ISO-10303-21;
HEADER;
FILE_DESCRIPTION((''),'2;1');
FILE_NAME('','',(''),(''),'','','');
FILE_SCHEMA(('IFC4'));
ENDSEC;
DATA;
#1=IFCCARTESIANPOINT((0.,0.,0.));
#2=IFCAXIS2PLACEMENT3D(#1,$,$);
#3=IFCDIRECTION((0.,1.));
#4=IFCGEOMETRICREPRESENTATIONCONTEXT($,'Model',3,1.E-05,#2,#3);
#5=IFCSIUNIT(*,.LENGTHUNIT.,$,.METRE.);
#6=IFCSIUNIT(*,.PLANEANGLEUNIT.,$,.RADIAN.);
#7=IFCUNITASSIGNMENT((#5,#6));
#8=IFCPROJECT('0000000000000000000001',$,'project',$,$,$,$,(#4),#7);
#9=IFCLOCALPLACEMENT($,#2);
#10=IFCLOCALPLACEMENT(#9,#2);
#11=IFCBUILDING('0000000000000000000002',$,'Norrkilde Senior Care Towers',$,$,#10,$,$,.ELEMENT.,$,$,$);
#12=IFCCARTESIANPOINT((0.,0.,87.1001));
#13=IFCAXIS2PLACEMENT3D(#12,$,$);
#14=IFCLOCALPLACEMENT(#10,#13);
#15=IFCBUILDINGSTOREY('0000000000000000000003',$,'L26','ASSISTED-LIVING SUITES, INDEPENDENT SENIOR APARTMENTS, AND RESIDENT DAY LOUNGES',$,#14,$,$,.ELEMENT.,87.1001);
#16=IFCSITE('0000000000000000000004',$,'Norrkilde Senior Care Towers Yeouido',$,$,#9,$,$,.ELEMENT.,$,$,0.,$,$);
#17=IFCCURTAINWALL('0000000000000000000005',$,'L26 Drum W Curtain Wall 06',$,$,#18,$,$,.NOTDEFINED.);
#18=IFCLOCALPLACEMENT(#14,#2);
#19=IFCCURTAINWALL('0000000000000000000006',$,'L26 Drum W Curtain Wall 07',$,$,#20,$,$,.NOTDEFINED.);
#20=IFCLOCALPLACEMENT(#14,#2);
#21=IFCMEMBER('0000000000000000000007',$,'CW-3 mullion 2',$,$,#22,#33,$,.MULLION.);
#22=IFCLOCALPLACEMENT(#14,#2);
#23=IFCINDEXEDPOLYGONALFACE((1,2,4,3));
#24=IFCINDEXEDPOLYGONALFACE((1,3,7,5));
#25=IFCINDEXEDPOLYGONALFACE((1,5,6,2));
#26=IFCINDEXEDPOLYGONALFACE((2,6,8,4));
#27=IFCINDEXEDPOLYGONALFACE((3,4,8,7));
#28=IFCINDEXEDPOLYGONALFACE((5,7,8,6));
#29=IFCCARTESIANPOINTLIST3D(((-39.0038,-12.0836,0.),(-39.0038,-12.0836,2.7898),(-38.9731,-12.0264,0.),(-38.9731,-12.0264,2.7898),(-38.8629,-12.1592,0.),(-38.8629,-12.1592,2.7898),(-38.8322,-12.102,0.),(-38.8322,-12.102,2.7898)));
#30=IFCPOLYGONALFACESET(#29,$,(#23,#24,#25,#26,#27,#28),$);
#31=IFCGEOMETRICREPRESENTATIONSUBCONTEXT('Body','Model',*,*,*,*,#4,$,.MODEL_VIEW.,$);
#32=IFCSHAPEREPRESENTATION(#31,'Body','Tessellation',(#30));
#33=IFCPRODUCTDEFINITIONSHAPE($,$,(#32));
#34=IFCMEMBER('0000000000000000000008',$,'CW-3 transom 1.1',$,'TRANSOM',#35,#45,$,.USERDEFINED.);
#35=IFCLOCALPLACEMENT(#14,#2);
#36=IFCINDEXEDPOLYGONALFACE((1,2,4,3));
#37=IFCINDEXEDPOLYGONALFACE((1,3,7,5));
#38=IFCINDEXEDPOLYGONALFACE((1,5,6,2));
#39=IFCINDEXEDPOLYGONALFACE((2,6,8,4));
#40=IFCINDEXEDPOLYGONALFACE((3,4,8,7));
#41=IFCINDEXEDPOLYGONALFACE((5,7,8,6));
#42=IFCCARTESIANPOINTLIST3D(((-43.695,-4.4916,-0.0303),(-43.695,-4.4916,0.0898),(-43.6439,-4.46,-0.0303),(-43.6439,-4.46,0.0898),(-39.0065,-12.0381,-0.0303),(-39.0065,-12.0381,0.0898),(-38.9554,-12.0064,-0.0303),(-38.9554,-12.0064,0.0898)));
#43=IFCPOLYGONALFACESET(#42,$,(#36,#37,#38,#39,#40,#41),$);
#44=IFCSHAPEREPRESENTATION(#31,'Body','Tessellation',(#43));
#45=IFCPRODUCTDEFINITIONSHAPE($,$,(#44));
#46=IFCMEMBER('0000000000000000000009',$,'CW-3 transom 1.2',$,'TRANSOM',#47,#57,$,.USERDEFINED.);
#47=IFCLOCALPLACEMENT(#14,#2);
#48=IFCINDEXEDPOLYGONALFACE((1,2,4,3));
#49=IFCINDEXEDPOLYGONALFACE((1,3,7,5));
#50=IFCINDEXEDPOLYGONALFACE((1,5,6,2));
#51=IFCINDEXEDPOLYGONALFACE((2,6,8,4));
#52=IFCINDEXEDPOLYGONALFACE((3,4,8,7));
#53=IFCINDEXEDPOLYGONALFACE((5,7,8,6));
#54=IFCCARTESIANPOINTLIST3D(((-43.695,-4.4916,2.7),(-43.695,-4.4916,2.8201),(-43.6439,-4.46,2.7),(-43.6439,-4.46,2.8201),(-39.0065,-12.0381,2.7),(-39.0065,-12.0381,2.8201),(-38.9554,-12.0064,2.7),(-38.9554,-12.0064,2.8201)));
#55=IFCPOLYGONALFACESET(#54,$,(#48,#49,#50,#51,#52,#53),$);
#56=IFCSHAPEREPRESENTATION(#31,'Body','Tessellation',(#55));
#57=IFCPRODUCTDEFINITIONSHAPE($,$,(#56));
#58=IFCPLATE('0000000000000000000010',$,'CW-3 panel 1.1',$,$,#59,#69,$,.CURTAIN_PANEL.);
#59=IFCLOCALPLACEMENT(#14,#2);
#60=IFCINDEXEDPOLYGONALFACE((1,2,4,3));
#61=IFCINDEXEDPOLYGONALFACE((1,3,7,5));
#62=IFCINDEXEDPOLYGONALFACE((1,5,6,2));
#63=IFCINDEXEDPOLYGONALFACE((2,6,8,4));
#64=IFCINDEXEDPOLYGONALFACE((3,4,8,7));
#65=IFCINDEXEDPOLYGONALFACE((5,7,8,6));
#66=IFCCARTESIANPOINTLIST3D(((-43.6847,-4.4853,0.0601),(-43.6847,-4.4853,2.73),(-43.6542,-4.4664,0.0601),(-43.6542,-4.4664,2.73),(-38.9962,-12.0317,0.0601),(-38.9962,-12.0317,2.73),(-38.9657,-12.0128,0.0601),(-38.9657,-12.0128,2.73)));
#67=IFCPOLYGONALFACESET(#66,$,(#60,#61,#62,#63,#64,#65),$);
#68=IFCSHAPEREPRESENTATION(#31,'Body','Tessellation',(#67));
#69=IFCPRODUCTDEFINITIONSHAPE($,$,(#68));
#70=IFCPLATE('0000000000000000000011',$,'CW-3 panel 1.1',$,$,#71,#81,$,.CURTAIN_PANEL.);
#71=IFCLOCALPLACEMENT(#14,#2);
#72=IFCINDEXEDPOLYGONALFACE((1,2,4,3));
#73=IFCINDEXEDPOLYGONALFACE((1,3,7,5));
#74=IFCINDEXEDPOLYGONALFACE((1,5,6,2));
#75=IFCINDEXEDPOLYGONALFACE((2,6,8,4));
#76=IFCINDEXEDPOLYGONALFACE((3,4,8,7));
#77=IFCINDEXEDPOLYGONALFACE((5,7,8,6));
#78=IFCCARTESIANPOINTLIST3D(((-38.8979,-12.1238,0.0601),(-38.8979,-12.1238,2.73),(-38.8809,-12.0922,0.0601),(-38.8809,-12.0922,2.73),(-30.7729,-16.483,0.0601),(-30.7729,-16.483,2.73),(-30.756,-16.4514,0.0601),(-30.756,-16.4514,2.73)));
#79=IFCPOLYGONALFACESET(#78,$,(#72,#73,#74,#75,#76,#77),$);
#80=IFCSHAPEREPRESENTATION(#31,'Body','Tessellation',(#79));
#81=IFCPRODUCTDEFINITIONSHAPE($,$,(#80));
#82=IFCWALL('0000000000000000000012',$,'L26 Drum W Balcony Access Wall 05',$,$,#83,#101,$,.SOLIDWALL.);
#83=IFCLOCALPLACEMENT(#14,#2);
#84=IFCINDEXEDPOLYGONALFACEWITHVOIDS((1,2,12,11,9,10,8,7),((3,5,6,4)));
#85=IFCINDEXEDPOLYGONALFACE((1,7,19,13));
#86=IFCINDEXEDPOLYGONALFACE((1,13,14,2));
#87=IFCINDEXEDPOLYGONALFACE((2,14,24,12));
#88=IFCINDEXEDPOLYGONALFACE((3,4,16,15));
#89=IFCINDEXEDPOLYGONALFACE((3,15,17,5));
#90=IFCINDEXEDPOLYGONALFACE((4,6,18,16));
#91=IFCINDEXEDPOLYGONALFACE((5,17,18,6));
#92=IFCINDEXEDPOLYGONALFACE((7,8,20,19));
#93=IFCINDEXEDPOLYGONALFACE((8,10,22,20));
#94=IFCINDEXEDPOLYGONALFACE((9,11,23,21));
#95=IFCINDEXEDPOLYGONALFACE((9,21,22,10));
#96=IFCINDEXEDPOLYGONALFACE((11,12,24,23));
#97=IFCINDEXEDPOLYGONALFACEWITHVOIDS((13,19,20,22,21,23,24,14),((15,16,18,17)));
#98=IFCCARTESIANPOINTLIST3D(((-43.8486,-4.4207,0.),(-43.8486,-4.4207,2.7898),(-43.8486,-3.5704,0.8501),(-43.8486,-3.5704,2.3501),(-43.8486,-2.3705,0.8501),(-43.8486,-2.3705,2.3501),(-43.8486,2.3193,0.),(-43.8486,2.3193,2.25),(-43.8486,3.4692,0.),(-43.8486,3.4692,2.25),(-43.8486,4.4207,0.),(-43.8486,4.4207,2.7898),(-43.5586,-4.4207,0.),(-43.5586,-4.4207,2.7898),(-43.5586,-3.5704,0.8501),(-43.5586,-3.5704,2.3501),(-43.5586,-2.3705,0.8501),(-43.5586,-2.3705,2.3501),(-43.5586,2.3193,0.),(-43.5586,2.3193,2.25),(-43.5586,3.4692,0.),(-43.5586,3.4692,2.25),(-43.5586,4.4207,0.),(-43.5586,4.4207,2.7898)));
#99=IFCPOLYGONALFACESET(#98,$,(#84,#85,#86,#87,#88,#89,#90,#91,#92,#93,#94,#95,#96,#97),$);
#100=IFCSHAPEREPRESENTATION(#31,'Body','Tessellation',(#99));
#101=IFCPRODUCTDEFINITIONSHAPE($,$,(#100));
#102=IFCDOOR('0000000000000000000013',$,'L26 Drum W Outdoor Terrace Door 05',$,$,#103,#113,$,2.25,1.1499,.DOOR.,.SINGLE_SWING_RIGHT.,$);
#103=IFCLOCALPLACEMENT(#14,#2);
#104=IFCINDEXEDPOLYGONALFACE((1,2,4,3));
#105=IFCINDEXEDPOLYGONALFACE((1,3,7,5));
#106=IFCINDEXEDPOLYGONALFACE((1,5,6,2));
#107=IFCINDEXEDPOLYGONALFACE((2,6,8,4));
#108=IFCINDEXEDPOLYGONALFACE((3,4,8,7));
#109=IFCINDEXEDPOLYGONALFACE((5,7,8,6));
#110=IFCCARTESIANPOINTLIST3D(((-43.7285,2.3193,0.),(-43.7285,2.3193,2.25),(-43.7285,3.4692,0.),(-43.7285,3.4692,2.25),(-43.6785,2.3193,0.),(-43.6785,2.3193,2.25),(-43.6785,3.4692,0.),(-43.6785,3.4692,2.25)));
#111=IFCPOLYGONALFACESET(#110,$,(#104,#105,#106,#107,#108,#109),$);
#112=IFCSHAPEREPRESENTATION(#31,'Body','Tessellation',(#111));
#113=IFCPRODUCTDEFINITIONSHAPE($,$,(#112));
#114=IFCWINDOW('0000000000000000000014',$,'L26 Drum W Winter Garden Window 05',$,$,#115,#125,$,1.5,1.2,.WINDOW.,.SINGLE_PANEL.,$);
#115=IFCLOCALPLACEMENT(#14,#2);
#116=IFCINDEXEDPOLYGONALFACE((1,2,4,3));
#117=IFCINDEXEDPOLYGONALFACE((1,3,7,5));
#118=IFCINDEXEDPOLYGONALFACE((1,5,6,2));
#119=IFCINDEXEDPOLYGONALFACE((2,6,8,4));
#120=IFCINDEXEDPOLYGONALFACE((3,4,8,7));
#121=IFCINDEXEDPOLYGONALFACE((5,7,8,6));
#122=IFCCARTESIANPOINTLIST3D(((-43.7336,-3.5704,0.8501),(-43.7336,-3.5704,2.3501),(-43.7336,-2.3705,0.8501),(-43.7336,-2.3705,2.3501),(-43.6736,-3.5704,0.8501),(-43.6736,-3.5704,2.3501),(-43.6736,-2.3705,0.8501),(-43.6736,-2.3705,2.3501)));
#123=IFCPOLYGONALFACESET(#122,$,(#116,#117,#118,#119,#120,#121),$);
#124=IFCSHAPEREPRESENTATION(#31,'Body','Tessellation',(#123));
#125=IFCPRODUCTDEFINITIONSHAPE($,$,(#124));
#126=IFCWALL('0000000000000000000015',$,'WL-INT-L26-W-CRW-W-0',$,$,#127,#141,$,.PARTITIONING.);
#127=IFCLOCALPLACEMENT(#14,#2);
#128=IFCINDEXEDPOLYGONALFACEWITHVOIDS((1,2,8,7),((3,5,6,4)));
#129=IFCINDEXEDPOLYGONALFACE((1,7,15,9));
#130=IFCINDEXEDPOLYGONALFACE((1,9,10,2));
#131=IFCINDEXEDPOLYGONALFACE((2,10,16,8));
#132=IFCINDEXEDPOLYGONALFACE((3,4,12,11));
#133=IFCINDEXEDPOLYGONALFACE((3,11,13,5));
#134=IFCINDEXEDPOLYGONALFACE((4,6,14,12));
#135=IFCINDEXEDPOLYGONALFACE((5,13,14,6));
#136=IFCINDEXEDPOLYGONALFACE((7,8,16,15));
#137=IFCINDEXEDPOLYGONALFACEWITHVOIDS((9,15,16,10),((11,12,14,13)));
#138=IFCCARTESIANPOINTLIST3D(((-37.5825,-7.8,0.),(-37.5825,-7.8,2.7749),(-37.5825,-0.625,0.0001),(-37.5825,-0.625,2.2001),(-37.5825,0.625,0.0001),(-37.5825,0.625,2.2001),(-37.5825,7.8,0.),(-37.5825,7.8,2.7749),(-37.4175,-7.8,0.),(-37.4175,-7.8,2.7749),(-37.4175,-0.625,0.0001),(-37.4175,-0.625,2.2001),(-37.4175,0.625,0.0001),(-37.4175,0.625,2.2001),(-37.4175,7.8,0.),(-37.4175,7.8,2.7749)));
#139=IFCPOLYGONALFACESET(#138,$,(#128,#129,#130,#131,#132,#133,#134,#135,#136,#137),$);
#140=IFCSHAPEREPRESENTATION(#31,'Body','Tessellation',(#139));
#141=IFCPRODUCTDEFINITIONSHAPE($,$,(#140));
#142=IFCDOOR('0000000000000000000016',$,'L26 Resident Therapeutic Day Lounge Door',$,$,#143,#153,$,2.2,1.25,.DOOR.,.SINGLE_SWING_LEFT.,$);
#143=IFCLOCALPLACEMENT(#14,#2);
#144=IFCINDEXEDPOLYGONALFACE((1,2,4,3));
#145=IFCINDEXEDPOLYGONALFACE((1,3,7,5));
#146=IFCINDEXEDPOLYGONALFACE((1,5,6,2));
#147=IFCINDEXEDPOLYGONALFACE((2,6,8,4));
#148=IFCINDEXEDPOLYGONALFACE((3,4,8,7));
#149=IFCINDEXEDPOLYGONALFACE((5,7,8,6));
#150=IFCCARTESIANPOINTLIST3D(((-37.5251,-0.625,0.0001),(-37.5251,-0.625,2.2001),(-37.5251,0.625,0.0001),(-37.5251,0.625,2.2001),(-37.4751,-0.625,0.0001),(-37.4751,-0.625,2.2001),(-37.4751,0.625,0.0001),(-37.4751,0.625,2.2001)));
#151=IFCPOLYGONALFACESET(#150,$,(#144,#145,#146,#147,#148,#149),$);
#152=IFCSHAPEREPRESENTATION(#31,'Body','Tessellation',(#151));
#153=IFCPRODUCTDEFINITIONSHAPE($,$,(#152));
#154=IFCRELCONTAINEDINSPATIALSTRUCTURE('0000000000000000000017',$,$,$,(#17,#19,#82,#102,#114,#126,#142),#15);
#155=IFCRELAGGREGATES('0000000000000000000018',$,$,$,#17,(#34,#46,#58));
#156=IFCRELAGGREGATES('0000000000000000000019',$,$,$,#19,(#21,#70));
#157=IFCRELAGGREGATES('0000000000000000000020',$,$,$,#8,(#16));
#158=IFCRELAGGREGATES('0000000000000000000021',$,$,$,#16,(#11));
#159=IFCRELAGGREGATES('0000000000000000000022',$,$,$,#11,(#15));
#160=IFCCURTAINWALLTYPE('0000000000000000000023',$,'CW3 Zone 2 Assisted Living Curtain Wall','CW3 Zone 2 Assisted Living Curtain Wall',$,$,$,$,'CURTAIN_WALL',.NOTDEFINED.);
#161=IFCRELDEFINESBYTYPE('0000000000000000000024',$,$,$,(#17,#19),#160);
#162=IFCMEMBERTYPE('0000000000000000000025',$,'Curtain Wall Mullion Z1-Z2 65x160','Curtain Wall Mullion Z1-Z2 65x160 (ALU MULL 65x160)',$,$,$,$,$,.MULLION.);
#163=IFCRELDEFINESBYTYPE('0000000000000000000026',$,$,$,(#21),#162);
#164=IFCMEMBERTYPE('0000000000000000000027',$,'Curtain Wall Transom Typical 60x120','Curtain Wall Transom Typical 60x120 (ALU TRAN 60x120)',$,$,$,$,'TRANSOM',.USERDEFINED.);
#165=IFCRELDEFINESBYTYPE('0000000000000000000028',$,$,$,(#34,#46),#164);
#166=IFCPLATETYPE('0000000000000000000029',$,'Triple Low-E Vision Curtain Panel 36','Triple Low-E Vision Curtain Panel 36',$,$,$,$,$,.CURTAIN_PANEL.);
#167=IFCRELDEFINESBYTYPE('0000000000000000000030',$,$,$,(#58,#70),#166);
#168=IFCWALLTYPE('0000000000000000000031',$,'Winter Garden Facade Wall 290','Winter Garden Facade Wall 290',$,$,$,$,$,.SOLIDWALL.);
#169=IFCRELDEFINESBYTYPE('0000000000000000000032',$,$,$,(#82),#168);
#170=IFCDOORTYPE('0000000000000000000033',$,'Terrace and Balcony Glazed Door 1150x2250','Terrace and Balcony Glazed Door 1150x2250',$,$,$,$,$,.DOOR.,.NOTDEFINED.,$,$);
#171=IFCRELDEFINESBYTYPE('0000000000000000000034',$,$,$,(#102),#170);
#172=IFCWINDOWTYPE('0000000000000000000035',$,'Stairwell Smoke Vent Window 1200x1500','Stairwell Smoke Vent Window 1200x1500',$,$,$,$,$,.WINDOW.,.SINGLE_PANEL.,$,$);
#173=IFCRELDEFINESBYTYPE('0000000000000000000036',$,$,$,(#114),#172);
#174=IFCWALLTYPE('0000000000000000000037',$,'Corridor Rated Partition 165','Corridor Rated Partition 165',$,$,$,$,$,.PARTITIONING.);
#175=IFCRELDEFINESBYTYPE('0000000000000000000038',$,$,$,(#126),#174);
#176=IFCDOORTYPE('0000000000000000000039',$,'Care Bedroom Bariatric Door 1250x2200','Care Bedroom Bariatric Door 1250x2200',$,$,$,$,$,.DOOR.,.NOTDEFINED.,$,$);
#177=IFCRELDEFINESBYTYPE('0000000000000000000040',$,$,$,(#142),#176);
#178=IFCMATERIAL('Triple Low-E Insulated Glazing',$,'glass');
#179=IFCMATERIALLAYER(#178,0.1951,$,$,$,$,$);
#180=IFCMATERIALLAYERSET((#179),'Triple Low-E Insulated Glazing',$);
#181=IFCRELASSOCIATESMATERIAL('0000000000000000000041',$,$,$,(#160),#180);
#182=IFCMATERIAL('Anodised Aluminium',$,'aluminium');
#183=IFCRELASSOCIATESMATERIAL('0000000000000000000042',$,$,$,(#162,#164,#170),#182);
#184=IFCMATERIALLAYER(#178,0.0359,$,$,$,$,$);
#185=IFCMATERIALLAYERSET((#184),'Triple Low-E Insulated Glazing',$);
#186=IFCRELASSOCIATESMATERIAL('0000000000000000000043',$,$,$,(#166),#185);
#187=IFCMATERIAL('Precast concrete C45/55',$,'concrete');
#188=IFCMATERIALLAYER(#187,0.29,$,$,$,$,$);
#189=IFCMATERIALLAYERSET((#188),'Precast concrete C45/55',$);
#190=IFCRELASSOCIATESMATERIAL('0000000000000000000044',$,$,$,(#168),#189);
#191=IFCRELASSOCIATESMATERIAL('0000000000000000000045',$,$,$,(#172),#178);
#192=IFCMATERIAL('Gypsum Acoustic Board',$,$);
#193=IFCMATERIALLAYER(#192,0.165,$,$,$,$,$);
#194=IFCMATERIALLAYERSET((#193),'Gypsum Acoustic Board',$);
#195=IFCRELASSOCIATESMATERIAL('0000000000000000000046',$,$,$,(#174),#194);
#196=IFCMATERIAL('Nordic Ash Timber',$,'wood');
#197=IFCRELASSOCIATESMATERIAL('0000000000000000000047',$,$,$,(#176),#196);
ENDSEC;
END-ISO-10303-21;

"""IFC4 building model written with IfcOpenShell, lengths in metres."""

from ifc_helpers import new_model, si_unit, direction, frame, frame_2d, origin, origin_2d, place, context, subcontext, project, spatial, rectangle, extrude, source, transform, mapped, material, layer, layer_set, material_profile, profile_set, type_object, type_shapes, element, fill, aggregate, save


model = new_model("IFC4")

# Units and contexts
model_context = context("Model", 3, precision=1e-05, world=origin(), true_north=direction((0.0, 1.0)))
body_context = subcontext(model_context, "Body", "Model", "MODEL_VIEW")
ifc_project = project(units=[si_unit("LENGTHUNIT", "METRE"), si_unit("PLANEANGLEUNIT", "RADIAN")], contexts=[model_context])

# Site, building, storey
site_placement = place(None, origin())
site = spatial("IfcSite", under=ifc_project, at=site_placement, Name="Norrkilde Senior Care Towers Yeouido", CompositionType="ELEMENT", RefElevation=0.0)
building_placement = place(site_placement, origin())
building = spatial("IfcBuilding", under=site, at=building_placement, Name="Norrkilde Senior Care Towers", CompositionType="ELEMENT")
storey_placement = place(building_placement, frame((0.0, 0.0, 87.1001)))
storey = spatial("IfcBuildingStorey", under=building, at=storey_placement, Name="L26", Description="ASSISTED-LIVING SUITES, INDEPENDENT SENIOR APARTMENTS, AND RESIDENT DAY LOUNGES", CompositionType="ELEMENT", Elevation=87.1001)

# Curtain wall
ifc_material_1 = material(Name="Triple Low-E Insulated Glazing", Category="glass")
ifc_layer_1 = layer(ifc_material_1, 0.1951)
ifc_layer_set_1 = layer_set([ifc_layer_1], Name="Triple Low-E Insulated Glazing")
curtain_wall_type = type_object("IfcCurtainWallType", Name="CW3 Zone 2 Assisted Living Curtain Wall", Description="CW3 Zone 2 Assisted Living Curtain Wall", ElementType="CURTAIN_WALL", PredefinedType="NOTDEFINED", material=ifc_layer_set_1)
curtain_wall_1_placement = place(storey_placement, origin())
curtain_wall_1 = element("IfcCurtainWall", 1, at=curtain_wall_1_placement, inside=storey, type_object=curtain_wall_type, Name="L26 Drum W Curtain Wall 06", PredefinedType="NOTDEFINED")
ifc_material_2 = material(Name="Anodised Aluminium", Category="aluminium")
ifc_material_profile_1 = material_profile(ifc_material_2, rectangle(XDim=0.0649, YDim=0.1599, at=origin_2d()), Name="ALU MULL 65x160")
ifc_profile_set_1 = profile_set([ifc_material_profile_1], Name="Anodised Aluminium")
member_type_1 = type_object("IfcMemberType", Name="Curtain Wall Mullion Z1-Z2 65x160", Description="Curtain Wall Mullion Z1-Z2 65x160 (ALU MULL 65x160)", PredefinedType="MULLION", material=ifc_profile_set_1)
shared_shape_1 = source(origin(), body_context, "Body", "SweptSolid", [
    extrude(rectangle(XDim=0.0649, YDim=0.1599, at=origin_2d()), origin(), (0.0, 0.0, 1.0), 2.7898),
])
type_shapes(member_type_1, [shared_shape_1])

# Curtain wall, member
curtain_wall_2_placement = place(storey_placement, origin())
curtain_wall_2 = element("IfcCurtainWall", 2, at=curtain_wall_2_placement, inside=storey, type_object=curtain_wall_type, Name="L26 Drum W Curtain Wall 07", PredefinedType="NOTDEFINED")
member_1_placement = place(storey_placement, frame((-38.918, -12.0928, 0.0), z_axis=(0.0, 0.0, 1.0), x_axis=(-0.472769, -0.881186, 0.0)))
member_1 = element("IfcMember", 3, at=member_1_placement, type_object=member_type_1, Name="CW-3 mullion 2", PredefinedType="MULLION", context=body_context, shape_type="MappedRepresentation", body=[
    mapped(shared_shape_1, transform((0.0, 0.0, 0.0), x_axis=(1.0, 0.0, 0.0), y_axis=(0.0, 1.0, 0.0), z_axis=(0.0, 0.0, 1.0), scale=1.0)),
])

# Members
ifc_material_profile_2 = material_profile(ifc_material_2, rectangle(XDim=0.0601, YDim=0.1201, at=origin_2d()), Name="ALU TRAN 60x120")
ifc_profile_set_2 = profile_set([ifc_material_profile_2], Name="Anodised Aluminium")
member_type_2 = type_object("IfcMemberType", Name="Curtain Wall Transom Typical 60x120", Description="Curtain Wall Transom Typical 60x120 (ALU TRAN 60x120)", ElementType="TRANSOM", PredefinedType="USERDEFINED", material=ifc_profile_set_2)
shared_shape_2 = source(origin(), body_context, "Body", "SweptSolid", [
    extrude(rectangle(XDim=0.0601, YDim=0.1201, at=origin_2d()), origin(), (0.0, 0.0, 1.0), 8.8843),
])
type_shapes(member_type_2, [shared_shape_2])
member_2_placement = place(storey_placement, frame((-38.981, -12.0222, 0.0298), z_axis=(-0.527729, 0.849413, 0.0), x_axis=(-0.849413, -0.527729, 0.0)))
member_2 = element("IfcMember", 4, at=member_2_placement, type_object=member_type_2, Name="CW-3 transom 1.1", ObjectType="TRANSOM", PredefinedType="USERDEFINED", context=body_context, shape_type="MappedRepresentation", body=[
    mapped(shared_shape_2, transform((0.0, 0.0, 0.0), x_axis=(1.0, 0.0, 0.0), y_axis=(0.0, 1.0, 0.0), z_axis=(0.0, 0.0, 1.0), scale=1.0)),
])
member_3_placement = place(storey_placement, frame((-38.981, -12.0222, 2.76), z_axis=(-0.527729, 0.849413, 0.0), x_axis=(-0.849413, -0.527729, 0.0)))
member_3 = element("IfcMember", 5, at=member_3_placement, type_object=member_type_2, Name="CW-3 transom 1.2", ObjectType="TRANSOM", PredefinedType="USERDEFINED", context=body_context, shape_type="MappedRepresentation", body=[
    mapped(shared_shape_2, transform((0.0, 0.0, 0.0), x_axis=(1.0, 0.0, 0.0), y_axis=(0.0, 1.0, 0.0), z_axis=(0.0, 0.0, 1.0), scale=1.0)),
])

# Plates
ifc_layer_2 = layer(ifc_material_1, 0.0359)
ifc_layer_set_2 = layer_set([ifc_layer_2], Name="Triple Low-E Insulated Glazing")
plate_type = type_object("IfcPlateType", Name="Triple Low-E Vision Curtain Panel 36", Description="Triple Low-E Vision Curtain Panel 36", PredefinedType="CURTAIN_PANEL", material=ifc_layer_set_2)
shared_shape_3 = source(origin(), body_context, "Body", "SweptSolid", [
    extrude(rectangle(XDim=8.8843, YDim=0.0359, at=origin_2d()), origin(), (0.0, 0.0, 1.0), 2.6699),
])
plate_1_placement = place(storey_placement, frame((-41.3252, -8.249, 0.0601), z_axis=(0.0, 0.0, 1.0), x_axis=(-0.527733, 0.84941, 0.0)))
plate_1 = element("IfcPlate", 6, at=plate_1_placement, type_object=plate_type, Name="CW-3 panel 1.1", PredefinedType="CURTAIN_PANEL", context=body_context, shape_type="MappedRepresentation", body=[
    mapped(shared_shape_3, transform((0.0, 0.0, 0.0), x_axis=(1.0, 0.0, 0.0), y_axis=(0.0, 1.0, 0.0), z_axis=(0.0, 0.0, 1.0), scale=1.0)),
])
aggregate(curtain_wall_1, [member_2, member_3, plate_1])
shared_shape_4 = source(origin(), body_context, "Body", "SweptSolid", [
    extrude(rectangle(XDim=9.2205, YDim=0.0359, at=origin_2d()), origin(), (0.0, 0.0, 1.0), 2.6699),
])
type_shapes(plate_type, [shared_shape_3, shared_shape_4])
plate_2_placement = place(storey_placement, frame((-34.8269, -14.2876, 0.0601), z_axis=(0.0, 0.0, 1.0), x_axis=(-0.881186, 0.472769, 0.0)))
plate_2 = element("IfcPlate", 7, at=plate_2_placement, type_object=plate_type, Name="CW-3 panel 1.1", PredefinedType="CURTAIN_PANEL", context=body_context, shape_type="MappedRepresentation", body=[
    mapped(shared_shape_4, transform((0.0, 0.0, 0.0), x_axis=(1.0, 0.0, 0.0), y_axis=(0.0, 1.0, 0.0), z_axis=(0.0, 0.0, 1.0), scale=1.0)),
])
aggregate(curtain_wall_2, [member_1, plate_2])

# Wall, openings, door, window
ifc_material_3 = material(Name="Precast concrete C45/55", Category="concrete")
ifc_layer_3 = layer(ifc_material_3, 0.29)
ifc_layer_set_3 = layer_set([ifc_layer_3], Name="Precast concrete C45/55")
wall_type_1 = type_object("IfcWallType", Name="Winter Garden Facade Wall 290", Description="Winter Garden Facade Wall 290", PredefinedType="SOLIDWALL", material=ifc_layer_set_3)
shared_shape_5 = source(origin(), body_context, "Body", "SweptSolid", [
    extrude(rectangle(XDim=8.8413, YDim=0.29, at=frame_2d((4.4207, 0.0))), origin(), (0.0, 0.0, 1.0), 2.7898),
])
type_shapes(wall_type_1, [shared_shape_5])
wall_1_placement = place(storey_placement, frame((-43.7036, -4.4207, 0.0), z_axis=(0.0, 0.0, 1.0), x_axis=(0.0, 1.0, 0.0)))
wall_1 = element("IfcWall", 8, at=wall_1_placement, inside=storey, type_object=wall_type_1, Name="L26 Drum W Balcony Access Wall 05", PredefinedType="SOLIDWALL", context=body_context, shape_type="MappedRepresentation", body=[
    mapped(shared_shape_5, transform((0.0, 0.0, 0.0), x_axis=(1.0, 0.0, 0.0), y_axis=(0.0, 1.0, 0.0), z_axis=(0.0, 0.0, 1.0), scale=1.0)),
])
opening_1_placement = place(wall_1_placement, frame((6.74, 0.0, 0.0)))
opening_1 = element("IfcOpeningElement", 9, at=opening_1_placement, cuts=wall_1, PredefinedType="OPENING", context=body_context, shape_type="SweptSolid", body=[
    extrude(rectangle(XDim=1.1499, YDim=2.25, at=frame_2d((0.575, 1.125))), frame((0.0, 0.155, 0.0), z_axis=(0.0, -1.0, 0.0), x_axis=(1.0, 0.0, 0.0)), (0.0, 0.0, 1.0), 0.3101),
])
opening_2_placement = place(wall_1_placement, frame((0.8501, 0.0, 0.8501)))
opening_2 = element("IfcOpeningElement", 10, at=opening_2_placement, cuts=wall_1, PredefinedType="OPENING", context=body_context, shape_type="SweptSolid", body=[
    extrude(rectangle(XDim=1.2, YDim=1.5, at=frame_2d((0.6001, 0.75))), frame((0.0, 0.155, 0.0), z_axis=(0.0, -1.0, 0.0), x_axis=(1.0, 0.0, 0.0)), (0.0, 0.0, 1.0), 0.3101),
])
door_type_1 = type_object("IfcDoorType", Name="Terrace and Balcony Glazed Door 1150x2250", Description="Terrace and Balcony Glazed Door 1150x2250", OperationType="NOTDEFINED", PredefinedType="DOOR", material=ifc_material_2)
shared_shape_6 = source(origin(), body_context, "Body", "SweptSolid", [
    extrude(rectangle(XDim=1.1499, YDim=2.25, at=frame_2d((0.575, 1.125))), frame((0.0, 0.0249, 0.0), z_axis=(0.0, -1.0, 0.0), x_axis=(1.0, 0.0, 0.0)), (0.0, 0.0, 1.0), 0.05),
])
type_shapes(door_type_1, [shared_shape_6])
door_1_placement = place(opening_1_placement, origin())
door_1 = element("IfcDoor", 11, at=door_1_placement, inside=storey, type_object=door_type_1, Name="L26 Drum W Outdoor Terrace Door 05", OperationType="SINGLE_SWING_RIGHT", OverallHeight=2.25, OverallWidth=1.1499, PredefinedType="DOOR", context=body_context, shape_type="MappedRepresentation", body=[
    mapped(shared_shape_6, transform((0.0, 0.0, 0.0), x_axis=(1.0, 0.0, 0.0), y_axis=(0.0, 1.0, 0.0), z_axis=(0.0, 0.0, 1.0), scale=1.0)),
])
fill(opening_1, door_1)
window_type = type_object("IfcWindowType", Name="Stairwell Smoke Vent Window 1200x1500", Description="Stairwell Smoke Vent Window 1200x1500", PartitioningType="SINGLE_PANEL", PredefinedType="WINDOW", material=ifc_material_1)
shared_shape_7 = source(origin(), body_context, "Body", "SweptSolid", [
    extrude(rectangle(XDim=1.2, YDim=1.5, at=frame_2d((0.6001, 0.75))), frame((0.0, 0.03, 0.0), z_axis=(0.0, -1.0, 0.0), x_axis=(1.0, 0.0, 0.0)), (0.0, 0.0, 1.0), 0.0601),
])
type_shapes(window_type, [shared_shape_7])
window_placement = place(opening_2_placement, origin())
window = element("IfcWindow", 12, at=window_placement, inside=storey, type_object=window_type, Name="L26 Drum W Winter Garden Window 05", OverallHeight=1.5, OverallWidth=1.2, PartitioningType="SINGLE_PANEL", PredefinedType="WINDOW", context=body_context, shape_type="MappedRepresentation", body=[
    mapped(shared_shape_7, transform((0.0, 0.0, 0.0), x_axis=(1.0, 0.0, 0.0), y_axis=(0.0, 1.0, 0.0), z_axis=(0.0, 0.0, 1.0), scale=1.0)),
])
fill(opening_2, window)

# Wall, opening, door
ifc_material_4 = material(Name="Gypsum Acoustic Board")
ifc_layer_4 = layer(ifc_material_4, 0.165)
ifc_layer_set_4 = layer_set([ifc_layer_4], Name="Gypsum Acoustic Board")
wall_type_2 = type_object("IfcWallType", Name="Corridor Rated Partition 165", Description="Corridor Rated Partition 165", PredefinedType="PARTITIONING", material=ifc_layer_set_4)
shared_shape_8 = source(origin(), body_context, "Body", "SweptSolid", [
    extrude(rectangle(XDim=15.6001, YDim=0.165, at=frame_2d((7.8, 0.0))), origin(), (0.0, 0.0, 1.0), 2.7749),
])
type_shapes(wall_type_2, [shared_shape_8])
wall_2_placement = place(storey_placement, frame((-37.5, -7.8, 0.0), z_axis=(0.0, 0.0, 1.0), x_axis=(0.0, 1.0, 0.0)))
wall_2 = element("IfcWall", 13, at=wall_2_placement, inside=storey, type_object=wall_type_2, Name="WL-INT-L26-W-CRW-W-0", PredefinedType="PARTITIONING", context=body_context, shape_type="MappedRepresentation", body=[
    mapped(shared_shape_8, transform((0.0, 0.0, 0.0), x_axis=(1.0, 0.0, 0.0), y_axis=(0.0, 1.0, 0.0), z_axis=(0.0, 0.0, 1.0), scale=1.0)),
])
opening_3_placement = place(wall_2_placement, frame((7.175, 0.0, 0.0)))
opening_3 = element("IfcOpeningElement", 14, at=opening_3_placement, cuts=wall_2, PredefinedType="OPENING", context=body_context, shape_type="SweptSolid", body=[
    extrude(rectangle(XDim=1.25, YDim=2.2, at=frame_2d((0.625, 1.1001))), frame((0.0, 0.0925, 0.0), z_axis=(0.0, -1.0, 0.0), x_axis=(1.0, 0.0, 0.0)), (0.0, 0.0, 1.0), 0.1851),
])
ifc_material_5 = material(Name="Nordic Ash Timber", Category="wood")
door_type_2 = type_object("IfcDoorType", Name="Care Bedroom Bariatric Door 1250x2200", Description="Care Bedroom Bariatric Door 1250x2200", OperationType="NOTDEFINED", PredefinedType="DOOR", material=ifc_material_5)
shared_shape_9 = source(origin(), body_context, "Body", "SweptSolid", [
    extrude(rectangle(XDim=1.25, YDim=2.2, at=frame_2d((0.625, 1.1001))), frame((0.0, 0.0249, 0.0), z_axis=(0.0, -1.0, 0.0), x_axis=(1.0, 0.0, 0.0)), (0.0, 0.0, 1.0), 0.05),
])
type_shapes(door_type_2, [shared_shape_9])
door_2_placement = place(opening_3_placement, frame((1.25, 0.0, 0.0), z_axis=(0.0, 0.0, 1.0), x_axis=(-1.0, 0.0, 0.0)))
door_2 = element("IfcDoor", 15, at=door_2_placement, inside=storey, type_object=door_type_2, Name="L26 Resident Therapeutic Day Lounge Door", OperationType="SINGLE_SWING_LEFT", OverallHeight=2.2, OverallWidth=1.25, PredefinedType="DOOR", context=body_context, shape_type="MappedRepresentation", body=[
    mapped(shared_shape_9, transform((0.0, 0.0, 0.0), x_axis=(1.0, 0.0, 0.0), y_axis=(0.0, 1.0, 0.0), z_axis=(0.0, 0.0, 1.0), scale=1.0)),
])
fill(opening_3, door_2)

save(model, "model.ifc")
